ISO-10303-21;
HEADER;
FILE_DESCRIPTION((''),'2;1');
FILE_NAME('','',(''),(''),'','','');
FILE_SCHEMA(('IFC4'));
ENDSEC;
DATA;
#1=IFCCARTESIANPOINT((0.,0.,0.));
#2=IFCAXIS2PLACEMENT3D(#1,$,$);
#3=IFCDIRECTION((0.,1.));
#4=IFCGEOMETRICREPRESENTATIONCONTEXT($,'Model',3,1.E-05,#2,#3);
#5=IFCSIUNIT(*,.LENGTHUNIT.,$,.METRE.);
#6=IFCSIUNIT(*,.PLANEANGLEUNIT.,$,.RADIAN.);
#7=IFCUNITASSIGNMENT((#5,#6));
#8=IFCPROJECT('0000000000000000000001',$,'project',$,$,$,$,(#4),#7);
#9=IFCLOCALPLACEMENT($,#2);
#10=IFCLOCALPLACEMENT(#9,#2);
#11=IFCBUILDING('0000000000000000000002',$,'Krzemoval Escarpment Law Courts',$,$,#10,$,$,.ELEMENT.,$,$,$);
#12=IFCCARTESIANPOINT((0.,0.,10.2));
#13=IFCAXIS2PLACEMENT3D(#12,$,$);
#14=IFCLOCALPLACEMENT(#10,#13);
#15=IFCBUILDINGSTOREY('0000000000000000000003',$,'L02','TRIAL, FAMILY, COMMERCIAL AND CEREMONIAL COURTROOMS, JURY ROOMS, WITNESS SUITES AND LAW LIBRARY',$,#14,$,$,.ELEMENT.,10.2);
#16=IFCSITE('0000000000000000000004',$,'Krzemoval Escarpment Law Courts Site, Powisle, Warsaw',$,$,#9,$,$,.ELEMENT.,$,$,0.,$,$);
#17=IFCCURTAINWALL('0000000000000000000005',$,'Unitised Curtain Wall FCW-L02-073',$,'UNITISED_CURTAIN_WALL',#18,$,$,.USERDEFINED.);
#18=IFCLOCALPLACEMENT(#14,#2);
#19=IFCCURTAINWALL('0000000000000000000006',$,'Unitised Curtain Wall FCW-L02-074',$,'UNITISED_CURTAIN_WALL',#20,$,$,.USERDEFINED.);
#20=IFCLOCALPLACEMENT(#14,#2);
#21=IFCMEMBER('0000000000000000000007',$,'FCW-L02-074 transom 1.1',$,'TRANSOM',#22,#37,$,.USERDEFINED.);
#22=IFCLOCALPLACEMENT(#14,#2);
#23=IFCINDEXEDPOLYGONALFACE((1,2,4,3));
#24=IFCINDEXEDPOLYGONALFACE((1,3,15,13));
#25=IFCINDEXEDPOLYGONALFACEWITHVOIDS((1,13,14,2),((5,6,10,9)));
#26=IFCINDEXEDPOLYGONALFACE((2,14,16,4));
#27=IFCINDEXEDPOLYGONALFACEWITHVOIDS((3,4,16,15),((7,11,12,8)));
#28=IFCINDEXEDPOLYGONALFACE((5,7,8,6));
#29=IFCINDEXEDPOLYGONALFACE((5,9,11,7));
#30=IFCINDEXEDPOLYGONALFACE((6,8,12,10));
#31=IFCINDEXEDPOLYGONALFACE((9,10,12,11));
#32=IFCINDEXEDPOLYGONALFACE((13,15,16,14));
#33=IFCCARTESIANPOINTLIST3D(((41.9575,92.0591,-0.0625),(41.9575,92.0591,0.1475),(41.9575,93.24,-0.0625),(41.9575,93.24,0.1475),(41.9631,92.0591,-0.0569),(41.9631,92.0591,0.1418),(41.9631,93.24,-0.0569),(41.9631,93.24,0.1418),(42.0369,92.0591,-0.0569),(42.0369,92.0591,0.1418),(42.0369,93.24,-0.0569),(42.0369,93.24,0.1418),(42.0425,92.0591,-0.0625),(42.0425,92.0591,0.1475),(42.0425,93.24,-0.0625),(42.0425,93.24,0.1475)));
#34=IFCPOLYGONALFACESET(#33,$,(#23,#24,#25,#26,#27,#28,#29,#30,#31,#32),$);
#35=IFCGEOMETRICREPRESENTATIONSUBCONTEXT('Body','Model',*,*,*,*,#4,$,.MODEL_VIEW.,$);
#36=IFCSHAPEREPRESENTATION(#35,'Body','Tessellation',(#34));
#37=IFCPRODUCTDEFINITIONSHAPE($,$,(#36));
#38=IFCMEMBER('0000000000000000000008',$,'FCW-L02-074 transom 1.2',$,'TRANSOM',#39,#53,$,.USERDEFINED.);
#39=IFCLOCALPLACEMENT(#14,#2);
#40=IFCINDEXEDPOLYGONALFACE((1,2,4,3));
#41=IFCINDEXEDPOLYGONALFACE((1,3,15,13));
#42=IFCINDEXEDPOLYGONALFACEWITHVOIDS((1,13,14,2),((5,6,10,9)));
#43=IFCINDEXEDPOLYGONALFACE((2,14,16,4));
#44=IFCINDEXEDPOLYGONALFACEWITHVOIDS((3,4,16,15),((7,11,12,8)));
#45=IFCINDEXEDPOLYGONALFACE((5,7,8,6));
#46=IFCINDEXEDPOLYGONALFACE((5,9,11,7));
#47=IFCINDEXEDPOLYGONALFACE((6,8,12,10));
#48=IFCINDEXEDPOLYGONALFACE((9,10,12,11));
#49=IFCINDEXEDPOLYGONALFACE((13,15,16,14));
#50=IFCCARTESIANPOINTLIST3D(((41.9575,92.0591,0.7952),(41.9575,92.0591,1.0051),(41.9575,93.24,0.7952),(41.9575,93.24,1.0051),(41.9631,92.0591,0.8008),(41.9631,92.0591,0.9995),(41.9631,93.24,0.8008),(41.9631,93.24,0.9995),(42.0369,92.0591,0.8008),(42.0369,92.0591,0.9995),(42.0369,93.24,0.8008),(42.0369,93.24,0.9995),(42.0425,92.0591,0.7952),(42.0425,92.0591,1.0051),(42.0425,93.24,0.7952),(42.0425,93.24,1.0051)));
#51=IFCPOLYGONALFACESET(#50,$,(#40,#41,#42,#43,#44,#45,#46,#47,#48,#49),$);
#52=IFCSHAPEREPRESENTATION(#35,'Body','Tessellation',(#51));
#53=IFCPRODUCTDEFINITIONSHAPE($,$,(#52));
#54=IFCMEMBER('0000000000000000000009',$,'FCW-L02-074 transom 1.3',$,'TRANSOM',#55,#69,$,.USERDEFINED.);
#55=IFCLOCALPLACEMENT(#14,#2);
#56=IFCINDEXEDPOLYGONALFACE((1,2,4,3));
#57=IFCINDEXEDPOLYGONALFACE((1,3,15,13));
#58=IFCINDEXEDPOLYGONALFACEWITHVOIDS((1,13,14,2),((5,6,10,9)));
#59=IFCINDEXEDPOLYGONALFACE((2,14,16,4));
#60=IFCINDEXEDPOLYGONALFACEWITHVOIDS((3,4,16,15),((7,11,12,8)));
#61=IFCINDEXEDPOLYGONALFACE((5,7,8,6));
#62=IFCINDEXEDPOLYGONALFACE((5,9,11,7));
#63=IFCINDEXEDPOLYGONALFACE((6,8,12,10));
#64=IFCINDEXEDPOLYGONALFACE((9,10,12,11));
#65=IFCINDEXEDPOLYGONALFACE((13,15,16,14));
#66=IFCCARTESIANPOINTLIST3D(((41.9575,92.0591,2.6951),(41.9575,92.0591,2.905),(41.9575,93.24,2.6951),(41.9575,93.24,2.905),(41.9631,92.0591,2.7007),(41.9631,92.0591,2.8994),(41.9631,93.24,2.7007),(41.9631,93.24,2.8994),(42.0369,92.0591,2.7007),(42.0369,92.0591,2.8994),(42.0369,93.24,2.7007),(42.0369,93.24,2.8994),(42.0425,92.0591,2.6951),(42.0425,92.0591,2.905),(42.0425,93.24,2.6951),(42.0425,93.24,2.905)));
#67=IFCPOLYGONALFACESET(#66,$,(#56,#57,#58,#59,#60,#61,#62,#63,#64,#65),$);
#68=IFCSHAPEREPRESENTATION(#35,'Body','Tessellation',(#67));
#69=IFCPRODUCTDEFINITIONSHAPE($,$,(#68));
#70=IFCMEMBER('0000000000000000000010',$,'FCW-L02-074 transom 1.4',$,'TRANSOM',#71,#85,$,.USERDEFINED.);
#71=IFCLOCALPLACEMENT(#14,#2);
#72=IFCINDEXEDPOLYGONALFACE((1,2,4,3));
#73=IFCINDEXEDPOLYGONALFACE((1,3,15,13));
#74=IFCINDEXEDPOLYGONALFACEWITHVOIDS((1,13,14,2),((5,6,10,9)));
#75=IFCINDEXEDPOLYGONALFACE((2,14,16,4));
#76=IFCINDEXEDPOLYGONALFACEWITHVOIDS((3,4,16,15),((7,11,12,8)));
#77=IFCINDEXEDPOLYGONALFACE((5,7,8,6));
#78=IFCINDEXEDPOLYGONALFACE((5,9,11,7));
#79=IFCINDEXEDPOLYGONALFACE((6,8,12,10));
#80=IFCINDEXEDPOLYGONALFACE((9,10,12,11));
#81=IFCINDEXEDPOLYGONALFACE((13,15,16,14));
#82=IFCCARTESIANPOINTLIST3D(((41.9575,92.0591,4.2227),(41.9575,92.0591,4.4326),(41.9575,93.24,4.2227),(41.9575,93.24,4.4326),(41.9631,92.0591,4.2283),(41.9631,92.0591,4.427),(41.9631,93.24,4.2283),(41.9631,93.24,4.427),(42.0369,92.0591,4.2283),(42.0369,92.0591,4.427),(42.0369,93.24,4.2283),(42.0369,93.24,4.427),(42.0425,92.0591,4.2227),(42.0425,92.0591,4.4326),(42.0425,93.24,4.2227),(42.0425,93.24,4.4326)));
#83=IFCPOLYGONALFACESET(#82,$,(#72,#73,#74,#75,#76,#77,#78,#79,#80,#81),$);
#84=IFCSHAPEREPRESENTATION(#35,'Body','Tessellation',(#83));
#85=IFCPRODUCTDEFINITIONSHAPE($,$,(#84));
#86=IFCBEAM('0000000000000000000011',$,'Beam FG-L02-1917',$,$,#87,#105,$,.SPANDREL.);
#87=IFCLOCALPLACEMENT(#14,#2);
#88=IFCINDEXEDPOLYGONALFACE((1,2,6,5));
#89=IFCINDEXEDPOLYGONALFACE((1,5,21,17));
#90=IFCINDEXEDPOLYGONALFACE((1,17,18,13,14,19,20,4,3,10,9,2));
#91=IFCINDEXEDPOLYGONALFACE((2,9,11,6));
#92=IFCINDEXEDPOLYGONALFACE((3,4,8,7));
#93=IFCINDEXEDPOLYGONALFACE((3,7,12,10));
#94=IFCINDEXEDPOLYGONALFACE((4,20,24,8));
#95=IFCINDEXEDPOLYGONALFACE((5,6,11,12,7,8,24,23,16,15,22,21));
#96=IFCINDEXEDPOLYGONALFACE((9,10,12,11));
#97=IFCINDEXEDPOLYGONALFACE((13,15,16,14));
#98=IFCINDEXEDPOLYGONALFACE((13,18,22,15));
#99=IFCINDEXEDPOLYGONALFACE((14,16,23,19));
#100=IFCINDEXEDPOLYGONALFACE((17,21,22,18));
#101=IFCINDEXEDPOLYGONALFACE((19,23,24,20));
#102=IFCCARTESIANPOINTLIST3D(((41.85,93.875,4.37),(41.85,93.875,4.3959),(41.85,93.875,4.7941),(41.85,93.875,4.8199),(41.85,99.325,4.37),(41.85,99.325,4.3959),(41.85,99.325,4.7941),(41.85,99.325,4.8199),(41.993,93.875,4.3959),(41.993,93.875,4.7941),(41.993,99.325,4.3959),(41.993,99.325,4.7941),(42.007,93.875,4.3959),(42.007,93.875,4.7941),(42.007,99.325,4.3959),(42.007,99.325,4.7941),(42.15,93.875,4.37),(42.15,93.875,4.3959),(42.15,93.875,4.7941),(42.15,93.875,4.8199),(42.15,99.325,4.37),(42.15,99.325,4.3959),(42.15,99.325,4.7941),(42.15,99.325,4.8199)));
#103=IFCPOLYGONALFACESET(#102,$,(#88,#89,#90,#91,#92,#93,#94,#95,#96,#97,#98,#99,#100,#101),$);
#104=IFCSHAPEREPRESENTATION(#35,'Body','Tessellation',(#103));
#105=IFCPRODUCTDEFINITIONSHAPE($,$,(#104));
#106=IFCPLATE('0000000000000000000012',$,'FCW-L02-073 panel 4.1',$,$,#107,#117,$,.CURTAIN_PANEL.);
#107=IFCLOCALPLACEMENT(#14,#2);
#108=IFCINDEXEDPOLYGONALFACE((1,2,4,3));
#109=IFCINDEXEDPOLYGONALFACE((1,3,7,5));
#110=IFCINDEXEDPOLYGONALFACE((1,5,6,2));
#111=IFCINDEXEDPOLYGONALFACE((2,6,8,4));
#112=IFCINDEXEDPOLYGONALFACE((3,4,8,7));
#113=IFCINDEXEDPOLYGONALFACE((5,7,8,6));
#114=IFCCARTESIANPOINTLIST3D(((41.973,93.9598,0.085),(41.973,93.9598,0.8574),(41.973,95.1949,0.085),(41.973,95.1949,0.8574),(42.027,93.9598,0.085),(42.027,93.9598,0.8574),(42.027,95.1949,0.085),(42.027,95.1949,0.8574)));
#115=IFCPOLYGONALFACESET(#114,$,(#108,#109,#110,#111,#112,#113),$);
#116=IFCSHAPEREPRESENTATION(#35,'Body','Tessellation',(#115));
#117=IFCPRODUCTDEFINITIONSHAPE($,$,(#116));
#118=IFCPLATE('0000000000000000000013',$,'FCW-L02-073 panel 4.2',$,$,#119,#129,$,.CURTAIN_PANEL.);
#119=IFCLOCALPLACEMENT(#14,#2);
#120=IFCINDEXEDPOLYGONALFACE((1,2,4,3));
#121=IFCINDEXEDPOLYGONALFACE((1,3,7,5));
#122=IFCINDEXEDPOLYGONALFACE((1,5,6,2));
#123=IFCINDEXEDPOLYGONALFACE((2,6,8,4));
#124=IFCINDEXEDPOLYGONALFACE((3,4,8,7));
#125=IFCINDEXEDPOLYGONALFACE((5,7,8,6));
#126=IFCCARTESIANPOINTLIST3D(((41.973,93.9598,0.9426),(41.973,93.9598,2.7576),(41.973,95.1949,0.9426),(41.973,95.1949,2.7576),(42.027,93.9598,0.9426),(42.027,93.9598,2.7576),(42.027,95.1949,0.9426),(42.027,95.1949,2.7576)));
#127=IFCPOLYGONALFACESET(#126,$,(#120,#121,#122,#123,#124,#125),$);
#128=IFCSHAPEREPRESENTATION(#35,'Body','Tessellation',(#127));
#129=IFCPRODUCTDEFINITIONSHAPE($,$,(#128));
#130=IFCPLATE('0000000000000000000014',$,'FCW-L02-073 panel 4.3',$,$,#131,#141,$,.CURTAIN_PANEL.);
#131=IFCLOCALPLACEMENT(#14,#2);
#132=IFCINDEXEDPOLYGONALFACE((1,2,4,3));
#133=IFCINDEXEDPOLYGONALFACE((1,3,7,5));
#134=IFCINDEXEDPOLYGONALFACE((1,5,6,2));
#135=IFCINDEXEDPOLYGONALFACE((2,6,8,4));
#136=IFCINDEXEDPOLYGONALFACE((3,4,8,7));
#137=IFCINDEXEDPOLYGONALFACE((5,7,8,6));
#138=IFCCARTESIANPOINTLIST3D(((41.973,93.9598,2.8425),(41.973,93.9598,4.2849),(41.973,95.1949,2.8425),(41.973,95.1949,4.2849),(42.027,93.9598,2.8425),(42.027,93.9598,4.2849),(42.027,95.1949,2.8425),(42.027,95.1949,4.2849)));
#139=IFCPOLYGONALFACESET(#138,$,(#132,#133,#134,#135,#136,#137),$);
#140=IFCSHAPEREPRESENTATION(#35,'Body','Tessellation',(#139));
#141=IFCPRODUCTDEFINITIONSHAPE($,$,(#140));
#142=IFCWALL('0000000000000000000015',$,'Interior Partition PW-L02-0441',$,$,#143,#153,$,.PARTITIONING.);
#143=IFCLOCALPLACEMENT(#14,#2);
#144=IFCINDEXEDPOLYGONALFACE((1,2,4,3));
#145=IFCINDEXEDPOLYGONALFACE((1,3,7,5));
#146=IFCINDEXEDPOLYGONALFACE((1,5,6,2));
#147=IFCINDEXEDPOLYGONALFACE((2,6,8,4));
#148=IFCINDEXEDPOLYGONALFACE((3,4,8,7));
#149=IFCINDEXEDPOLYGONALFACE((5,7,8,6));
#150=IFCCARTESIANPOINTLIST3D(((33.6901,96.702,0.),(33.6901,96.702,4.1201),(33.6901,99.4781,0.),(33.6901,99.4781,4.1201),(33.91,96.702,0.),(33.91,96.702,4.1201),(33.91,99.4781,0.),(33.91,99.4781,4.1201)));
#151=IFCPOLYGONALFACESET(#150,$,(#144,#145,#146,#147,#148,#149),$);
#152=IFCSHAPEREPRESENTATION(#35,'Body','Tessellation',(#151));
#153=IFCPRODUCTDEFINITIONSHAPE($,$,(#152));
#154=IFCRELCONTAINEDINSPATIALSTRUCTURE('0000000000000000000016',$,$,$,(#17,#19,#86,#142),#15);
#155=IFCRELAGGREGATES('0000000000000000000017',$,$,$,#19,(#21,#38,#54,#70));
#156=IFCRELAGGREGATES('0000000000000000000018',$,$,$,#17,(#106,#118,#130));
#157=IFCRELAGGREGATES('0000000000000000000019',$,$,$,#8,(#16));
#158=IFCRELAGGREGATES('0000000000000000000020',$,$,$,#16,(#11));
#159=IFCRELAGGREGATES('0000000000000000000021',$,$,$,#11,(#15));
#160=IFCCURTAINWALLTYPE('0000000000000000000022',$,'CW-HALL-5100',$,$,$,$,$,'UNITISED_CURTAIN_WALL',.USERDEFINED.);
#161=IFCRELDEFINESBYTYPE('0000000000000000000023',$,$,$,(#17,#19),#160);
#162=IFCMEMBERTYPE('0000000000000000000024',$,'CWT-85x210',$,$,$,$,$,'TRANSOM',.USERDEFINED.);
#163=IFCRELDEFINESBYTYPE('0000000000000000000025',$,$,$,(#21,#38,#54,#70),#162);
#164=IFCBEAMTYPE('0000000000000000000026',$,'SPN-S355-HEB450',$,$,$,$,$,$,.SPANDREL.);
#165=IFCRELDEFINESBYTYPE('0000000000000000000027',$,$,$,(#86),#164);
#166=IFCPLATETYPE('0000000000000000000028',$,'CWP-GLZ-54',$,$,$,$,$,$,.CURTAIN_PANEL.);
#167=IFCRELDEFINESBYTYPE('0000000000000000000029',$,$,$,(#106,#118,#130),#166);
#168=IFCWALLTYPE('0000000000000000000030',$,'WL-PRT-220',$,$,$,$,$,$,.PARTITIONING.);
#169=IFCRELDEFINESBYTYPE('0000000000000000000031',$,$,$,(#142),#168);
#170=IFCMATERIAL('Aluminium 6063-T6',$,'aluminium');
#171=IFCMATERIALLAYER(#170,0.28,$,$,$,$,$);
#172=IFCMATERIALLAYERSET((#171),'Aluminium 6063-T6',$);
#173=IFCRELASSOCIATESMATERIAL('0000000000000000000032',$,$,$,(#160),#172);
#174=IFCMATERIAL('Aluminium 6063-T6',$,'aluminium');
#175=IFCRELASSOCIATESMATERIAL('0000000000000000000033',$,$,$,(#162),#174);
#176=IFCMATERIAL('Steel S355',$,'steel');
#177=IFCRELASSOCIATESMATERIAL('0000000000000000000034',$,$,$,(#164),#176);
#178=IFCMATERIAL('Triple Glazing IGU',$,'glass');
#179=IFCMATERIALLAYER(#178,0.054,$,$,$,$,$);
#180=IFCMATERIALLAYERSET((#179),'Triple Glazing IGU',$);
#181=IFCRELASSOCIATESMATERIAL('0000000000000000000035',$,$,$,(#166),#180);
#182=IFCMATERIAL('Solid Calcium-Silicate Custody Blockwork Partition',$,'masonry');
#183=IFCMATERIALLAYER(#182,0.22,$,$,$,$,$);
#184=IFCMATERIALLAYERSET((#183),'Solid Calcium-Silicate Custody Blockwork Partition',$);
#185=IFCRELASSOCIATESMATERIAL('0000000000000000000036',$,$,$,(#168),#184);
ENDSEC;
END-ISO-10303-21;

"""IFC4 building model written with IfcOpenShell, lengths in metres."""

from ifc_helpers import new_model, si_unit, direction, frame, frame_2d, origin, origin_2d, place, context, subcontext, project, spatial, rectangle, hollow_rectangle, i_section, extrude, material, layer, layer_set, material_profile, profile_set, type_object, element, aggregate, save


model = new_model("IFC4")

# Units and contexts
model_context = context("Model", 3, precision=1e-05, world=origin(), true_north=direction((0.0, 1.0)))
body_context = subcontext(model_context, "Body", "Model", "MODEL_VIEW")
ifc_project = project(units=[si_unit("LENGTHUNIT", "METRE"), si_unit("PLANEANGLEUNIT", "RADIAN")], contexts=[model_context])

# Site, building, storey
site_placement = place(None, origin())
site = spatial("IfcSite", under=ifc_project, at=site_placement, Name="Krzemoval Escarpment Law Courts Site, Powisle, Warsaw", CompositionType="ELEMENT", RefElevation=0.0)
building_placement = place(site_placement, origin())
building = spatial("IfcBuilding", under=site, at=building_placement, Name="Krzemoval Escarpment Law Courts", CompositionType="ELEMENT")
storey_placement = place(building_placement, frame((0.0, 0.0, 10.2)))
storey = spatial("IfcBuildingStorey", under=building, at=storey_placement, Name="L02", Description="TRIAL, FAMILY, COMMERCIAL AND CEREMONIAL COURTROOMS, JURY ROOMS, WITNESS SUITES AND LAW LIBRARY", CompositionType="ELEMENT", Elevation=10.2)

# Curtain walls
ifc_material_1 = material(Name="Aluminium 6063-T6", Category="aluminium")
ifc_layer_1 = layer(ifc_material_1, 0.28)
ifc_layer_set_1 = layer_set([ifc_layer_1], Name="Aluminium 6063-T6")
curtain_wall_type = type_object("IfcCurtainWallType", Name="CW-HALL-5100", ElementType="UNITISED_CURTAIN_WALL", PredefinedType="USERDEFINED", material=ifc_layer_set_1)
curtain_wall_1_placement = place(storey_placement, origin())
curtain_wall_1 = element("IfcCurtainWall", 1, at=curtain_wall_1_placement, inside=storey, type_object=curtain_wall_type, Name="Unitised Curtain Wall FCW-L02-073", ObjectType="UNITISED_CURTAIN_WALL", PredefinedType="USERDEFINED")
curtain_wall_2_placement = place(storey_placement, origin())
curtain_wall_2 = element("IfcCurtainWall", 2, at=curtain_wall_2_placement, inside=storey, type_object=curtain_wall_type, Name="Unitised Curtain Wall FCW-L02-074", ObjectType="UNITISED_CURTAIN_WALL", PredefinedType="USERDEFINED")

# Members
ifc_material_2 = material(Name="Aluminium 6063-T6", Category="aluminium")
ifc_material_profile_1 = material_profile(ifc_material_2, hollow_rectangle(XDim=0.085, YDim=0.21, WallThickness=0.0056, at=origin_2d()), Name="ALU T85x210")
ifc_profile_set_1 = profile_set([ifc_material_profile_1], Name="Aluminium 6063-T6")
member_type_1 = type_object("IfcMemberType", Name="CWT-85x210", ElementType="TRANSOM", PredefinedType="USERDEFINED", material=ifc_profile_set_1)
member_1_placement = place(storey_placement, frame((42.0, 93.24, 0.0425), z_axis=(0.0, -1.0, 0.0), x_axis=(1.0, 0.0, 0.0)))
member_1 = element("IfcMember", 3, at=member_1_placement, type_object=member_type_1, Name="FCW-L02-074 transom 1.1", ObjectType="TRANSOM", PredefinedType="USERDEFINED", context=body_context, shape_type="SweptSolid", body=[
    extrude(hollow_rectangle(XDim=0.085, YDim=0.21, WallThickness=0.0056, at=origin_2d()), origin(), (0.0, 0.0, 1.0), 1.1809),
])
member_2_placement = place(storey_placement, frame((42.0, 93.24, 0.9001), z_axis=(0.0, -1.0, 0.0), x_axis=(1.0, 0.0, 0.0)))
member_2 = element("IfcMember", 4, at=member_2_placement, type_object=member_type_1, Name="FCW-L02-074 transom 1.2", ObjectType="TRANSOM", PredefinedType="USERDEFINED", context=body_context, shape_type="SweptSolid", body=[
    extrude(hollow_rectangle(XDim=0.085, YDim=0.21, WallThickness=0.0056, at=origin_2d()), origin(), (0.0, 0.0, 1.0), 1.1809),
])
member_3_placement = place(storey_placement, frame((42.0, 93.24, 2.8), z_axis=(0.0, -1.0, 0.0), x_axis=(1.0, 0.0, 0.0)))
member_3 = element("IfcMember", 5, at=member_3_placement, type_object=member_type_1, Name="FCW-L02-074 transom 1.3", ObjectType="TRANSOM", PredefinedType="USERDEFINED", context=body_context, shape_type="SweptSolid", body=[
    extrude(hollow_rectangle(XDim=0.085, YDim=0.21, WallThickness=0.0056, at=origin_2d()), origin(), (0.0, 0.0, 1.0), 1.1809),
])
member_4_placement = place(storey_placement, frame((42.0, 93.24, 4.3276), z_axis=(0.0, -1.0, 0.0), x_axis=(1.0, 0.0, 0.0)))
member_4 = element("IfcMember", 6, at=member_4_placement, type_object=member_type_1, Name="FCW-L02-074 transom 1.4", ObjectType="TRANSOM", PredefinedType="USERDEFINED", context=body_context, shape_type="SweptSolid", body=[
    extrude(hollow_rectangle(XDim=0.085, YDim=0.21, WallThickness=0.0056, at=origin_2d()), origin(), (0.0, 0.0, 1.0), 1.1809),
])
aggregate(curtain_wall_2, [member_1, member_2, member_3, member_4])

# Beam
ifc_material_3 = material(Name="Steel S355", Category="steel")
ifc_material_profile_2 = material_profile(ifc_material_3, i_section(OverallWidth=0.3, OverallDepth=0.45, WebThickness=0.0139, FlangeThickness=0.0259, at=origin_2d()), Name="HEB 450")
ifc_profile_set_2 = profile_set([ifc_material_profile_2], Name="Steel S355")
beam_type_1 = type_object("IfcBeamType", Name="SPN-S355-HEB450", PredefinedType="SPANDREL", material=ifc_profile_set_2)
beam_1_placement = place(storey_placement, frame((42.0, 93.875, 4.595), z_axis=(0.0, 1.0, 0.0), x_axis=(-1.0, 0.0, 0.0)))
element("IfcBeam", 7, at=beam_1_placement, inside=storey, type_object=beam_type_1, Name="Beam FG-L02-1917", PredefinedType="SPANDREL", context=body_context, shape_type="SweptSolid", body=[
    extrude(i_section(OverallWidth=0.3, OverallDepth=0.45, WebThickness=0.0139, FlangeThickness=0.0259, at=origin_2d()), origin(), (0.0, 0.0, 1.0), 5.45),
])

# Plates
ifc_material_4 = material(Name="Triple Glazing IGU", Category="glass")
ifc_layer_2 = layer(ifc_material_4, 0.054)
ifc_layer_set_2 = layer_set([ifc_layer_2], Name="Triple Glazing IGU")
plate_type = type_object("IfcPlateType", Name="CWP-GLZ-54", PredefinedType="CURTAIN_PANEL", material=ifc_layer_set_2)
plate_1_placement = place(storey_placement, frame((42.0, 94.5774, 0.085), z_axis=(0.0, 0.0, 1.0), x_axis=(0.0, -1.0, 0.0)))
plate_1 = element("IfcPlate", 8, at=plate_1_placement, type_object=plate_type, Name="FCW-L02-073 panel 4.1", PredefinedType="CURTAIN_PANEL", context=body_context, shape_type="SweptSolid", body=[
    extrude(rectangle(XDim=1.2351, YDim=0.054, at=origin_2d()), origin(), (0.0, 0.0, 1.0), 0.7725),
])
plate_2_placement = place(storey_placement, frame((42.0, 94.5774, 0.9426), z_axis=(0.0, 0.0, 1.0), x_axis=(0.0, -1.0, 0.0)))
plate_2 = element("IfcPlate", 9, at=plate_2_placement, type_object=plate_type, Name="FCW-L02-073 panel 4.2", PredefinedType="CURTAIN_PANEL", context=body_context, shape_type="SweptSolid", body=[
    extrude(rectangle(XDim=1.2351, YDim=0.054, at=origin_2d()), origin(), (0.0, 0.0, 1.0), 1.8149),
])
plate_3_placement = place(storey_placement, frame((42.0, 94.5774, 2.8425), z_axis=(0.0, 0.0, 1.0), x_axis=(0.0, -1.0, 0.0)))
plate_3 = element("IfcPlate", 10, at=plate_3_placement, type_object=plate_type, Name="FCW-L02-073 panel 4.3", PredefinedType="CURTAIN_PANEL", context=body_context, shape_type="SweptSolid", body=[
    extrude(rectangle(XDim=1.2351, YDim=0.054, at=origin_2d()), origin(), (0.0, 0.0, 1.0), 1.4424),
])
aggregate(curtain_wall_1, [plate_1, plate_2, plate_3])

# Wall
ifc_material_5 = material(Name="Solid Calcium-Silicate Custody Blockwork Partition", Category="masonry")
ifc_layer_3 = layer(ifc_material_5, 0.22)
ifc_layer_set_3 = layer_set([ifc_layer_3], Name="Solid Calcium-Silicate Custody Blockwork Partition")
wall_type = type_object("IfcWallType", Name="WL-PRT-220", PredefinedType="PARTITIONING", material=ifc_layer_set_3)
wall_placement = place(storey_placement, frame((33.8, 96.7019, 0.0), z_axis=(0.0, 0.0, 1.0), x_axis=(0.0, 1.0, 0.0)))
element("IfcWall", 11, at=wall_placement, inside=storey, type_object=wall_type, Name="Interior Partition PW-L02-0441", PredefinedType="PARTITIONING", context=body_context, shape_type="SweptSolid", body=[
    extrude(rectangle(XDim=2.7761, YDim=0.22, at=frame_2d((1.3882, 0.0))), origin(), (0.0, 0.0, 1.0), 4.1201),
])

save(model, "model.ifc")
